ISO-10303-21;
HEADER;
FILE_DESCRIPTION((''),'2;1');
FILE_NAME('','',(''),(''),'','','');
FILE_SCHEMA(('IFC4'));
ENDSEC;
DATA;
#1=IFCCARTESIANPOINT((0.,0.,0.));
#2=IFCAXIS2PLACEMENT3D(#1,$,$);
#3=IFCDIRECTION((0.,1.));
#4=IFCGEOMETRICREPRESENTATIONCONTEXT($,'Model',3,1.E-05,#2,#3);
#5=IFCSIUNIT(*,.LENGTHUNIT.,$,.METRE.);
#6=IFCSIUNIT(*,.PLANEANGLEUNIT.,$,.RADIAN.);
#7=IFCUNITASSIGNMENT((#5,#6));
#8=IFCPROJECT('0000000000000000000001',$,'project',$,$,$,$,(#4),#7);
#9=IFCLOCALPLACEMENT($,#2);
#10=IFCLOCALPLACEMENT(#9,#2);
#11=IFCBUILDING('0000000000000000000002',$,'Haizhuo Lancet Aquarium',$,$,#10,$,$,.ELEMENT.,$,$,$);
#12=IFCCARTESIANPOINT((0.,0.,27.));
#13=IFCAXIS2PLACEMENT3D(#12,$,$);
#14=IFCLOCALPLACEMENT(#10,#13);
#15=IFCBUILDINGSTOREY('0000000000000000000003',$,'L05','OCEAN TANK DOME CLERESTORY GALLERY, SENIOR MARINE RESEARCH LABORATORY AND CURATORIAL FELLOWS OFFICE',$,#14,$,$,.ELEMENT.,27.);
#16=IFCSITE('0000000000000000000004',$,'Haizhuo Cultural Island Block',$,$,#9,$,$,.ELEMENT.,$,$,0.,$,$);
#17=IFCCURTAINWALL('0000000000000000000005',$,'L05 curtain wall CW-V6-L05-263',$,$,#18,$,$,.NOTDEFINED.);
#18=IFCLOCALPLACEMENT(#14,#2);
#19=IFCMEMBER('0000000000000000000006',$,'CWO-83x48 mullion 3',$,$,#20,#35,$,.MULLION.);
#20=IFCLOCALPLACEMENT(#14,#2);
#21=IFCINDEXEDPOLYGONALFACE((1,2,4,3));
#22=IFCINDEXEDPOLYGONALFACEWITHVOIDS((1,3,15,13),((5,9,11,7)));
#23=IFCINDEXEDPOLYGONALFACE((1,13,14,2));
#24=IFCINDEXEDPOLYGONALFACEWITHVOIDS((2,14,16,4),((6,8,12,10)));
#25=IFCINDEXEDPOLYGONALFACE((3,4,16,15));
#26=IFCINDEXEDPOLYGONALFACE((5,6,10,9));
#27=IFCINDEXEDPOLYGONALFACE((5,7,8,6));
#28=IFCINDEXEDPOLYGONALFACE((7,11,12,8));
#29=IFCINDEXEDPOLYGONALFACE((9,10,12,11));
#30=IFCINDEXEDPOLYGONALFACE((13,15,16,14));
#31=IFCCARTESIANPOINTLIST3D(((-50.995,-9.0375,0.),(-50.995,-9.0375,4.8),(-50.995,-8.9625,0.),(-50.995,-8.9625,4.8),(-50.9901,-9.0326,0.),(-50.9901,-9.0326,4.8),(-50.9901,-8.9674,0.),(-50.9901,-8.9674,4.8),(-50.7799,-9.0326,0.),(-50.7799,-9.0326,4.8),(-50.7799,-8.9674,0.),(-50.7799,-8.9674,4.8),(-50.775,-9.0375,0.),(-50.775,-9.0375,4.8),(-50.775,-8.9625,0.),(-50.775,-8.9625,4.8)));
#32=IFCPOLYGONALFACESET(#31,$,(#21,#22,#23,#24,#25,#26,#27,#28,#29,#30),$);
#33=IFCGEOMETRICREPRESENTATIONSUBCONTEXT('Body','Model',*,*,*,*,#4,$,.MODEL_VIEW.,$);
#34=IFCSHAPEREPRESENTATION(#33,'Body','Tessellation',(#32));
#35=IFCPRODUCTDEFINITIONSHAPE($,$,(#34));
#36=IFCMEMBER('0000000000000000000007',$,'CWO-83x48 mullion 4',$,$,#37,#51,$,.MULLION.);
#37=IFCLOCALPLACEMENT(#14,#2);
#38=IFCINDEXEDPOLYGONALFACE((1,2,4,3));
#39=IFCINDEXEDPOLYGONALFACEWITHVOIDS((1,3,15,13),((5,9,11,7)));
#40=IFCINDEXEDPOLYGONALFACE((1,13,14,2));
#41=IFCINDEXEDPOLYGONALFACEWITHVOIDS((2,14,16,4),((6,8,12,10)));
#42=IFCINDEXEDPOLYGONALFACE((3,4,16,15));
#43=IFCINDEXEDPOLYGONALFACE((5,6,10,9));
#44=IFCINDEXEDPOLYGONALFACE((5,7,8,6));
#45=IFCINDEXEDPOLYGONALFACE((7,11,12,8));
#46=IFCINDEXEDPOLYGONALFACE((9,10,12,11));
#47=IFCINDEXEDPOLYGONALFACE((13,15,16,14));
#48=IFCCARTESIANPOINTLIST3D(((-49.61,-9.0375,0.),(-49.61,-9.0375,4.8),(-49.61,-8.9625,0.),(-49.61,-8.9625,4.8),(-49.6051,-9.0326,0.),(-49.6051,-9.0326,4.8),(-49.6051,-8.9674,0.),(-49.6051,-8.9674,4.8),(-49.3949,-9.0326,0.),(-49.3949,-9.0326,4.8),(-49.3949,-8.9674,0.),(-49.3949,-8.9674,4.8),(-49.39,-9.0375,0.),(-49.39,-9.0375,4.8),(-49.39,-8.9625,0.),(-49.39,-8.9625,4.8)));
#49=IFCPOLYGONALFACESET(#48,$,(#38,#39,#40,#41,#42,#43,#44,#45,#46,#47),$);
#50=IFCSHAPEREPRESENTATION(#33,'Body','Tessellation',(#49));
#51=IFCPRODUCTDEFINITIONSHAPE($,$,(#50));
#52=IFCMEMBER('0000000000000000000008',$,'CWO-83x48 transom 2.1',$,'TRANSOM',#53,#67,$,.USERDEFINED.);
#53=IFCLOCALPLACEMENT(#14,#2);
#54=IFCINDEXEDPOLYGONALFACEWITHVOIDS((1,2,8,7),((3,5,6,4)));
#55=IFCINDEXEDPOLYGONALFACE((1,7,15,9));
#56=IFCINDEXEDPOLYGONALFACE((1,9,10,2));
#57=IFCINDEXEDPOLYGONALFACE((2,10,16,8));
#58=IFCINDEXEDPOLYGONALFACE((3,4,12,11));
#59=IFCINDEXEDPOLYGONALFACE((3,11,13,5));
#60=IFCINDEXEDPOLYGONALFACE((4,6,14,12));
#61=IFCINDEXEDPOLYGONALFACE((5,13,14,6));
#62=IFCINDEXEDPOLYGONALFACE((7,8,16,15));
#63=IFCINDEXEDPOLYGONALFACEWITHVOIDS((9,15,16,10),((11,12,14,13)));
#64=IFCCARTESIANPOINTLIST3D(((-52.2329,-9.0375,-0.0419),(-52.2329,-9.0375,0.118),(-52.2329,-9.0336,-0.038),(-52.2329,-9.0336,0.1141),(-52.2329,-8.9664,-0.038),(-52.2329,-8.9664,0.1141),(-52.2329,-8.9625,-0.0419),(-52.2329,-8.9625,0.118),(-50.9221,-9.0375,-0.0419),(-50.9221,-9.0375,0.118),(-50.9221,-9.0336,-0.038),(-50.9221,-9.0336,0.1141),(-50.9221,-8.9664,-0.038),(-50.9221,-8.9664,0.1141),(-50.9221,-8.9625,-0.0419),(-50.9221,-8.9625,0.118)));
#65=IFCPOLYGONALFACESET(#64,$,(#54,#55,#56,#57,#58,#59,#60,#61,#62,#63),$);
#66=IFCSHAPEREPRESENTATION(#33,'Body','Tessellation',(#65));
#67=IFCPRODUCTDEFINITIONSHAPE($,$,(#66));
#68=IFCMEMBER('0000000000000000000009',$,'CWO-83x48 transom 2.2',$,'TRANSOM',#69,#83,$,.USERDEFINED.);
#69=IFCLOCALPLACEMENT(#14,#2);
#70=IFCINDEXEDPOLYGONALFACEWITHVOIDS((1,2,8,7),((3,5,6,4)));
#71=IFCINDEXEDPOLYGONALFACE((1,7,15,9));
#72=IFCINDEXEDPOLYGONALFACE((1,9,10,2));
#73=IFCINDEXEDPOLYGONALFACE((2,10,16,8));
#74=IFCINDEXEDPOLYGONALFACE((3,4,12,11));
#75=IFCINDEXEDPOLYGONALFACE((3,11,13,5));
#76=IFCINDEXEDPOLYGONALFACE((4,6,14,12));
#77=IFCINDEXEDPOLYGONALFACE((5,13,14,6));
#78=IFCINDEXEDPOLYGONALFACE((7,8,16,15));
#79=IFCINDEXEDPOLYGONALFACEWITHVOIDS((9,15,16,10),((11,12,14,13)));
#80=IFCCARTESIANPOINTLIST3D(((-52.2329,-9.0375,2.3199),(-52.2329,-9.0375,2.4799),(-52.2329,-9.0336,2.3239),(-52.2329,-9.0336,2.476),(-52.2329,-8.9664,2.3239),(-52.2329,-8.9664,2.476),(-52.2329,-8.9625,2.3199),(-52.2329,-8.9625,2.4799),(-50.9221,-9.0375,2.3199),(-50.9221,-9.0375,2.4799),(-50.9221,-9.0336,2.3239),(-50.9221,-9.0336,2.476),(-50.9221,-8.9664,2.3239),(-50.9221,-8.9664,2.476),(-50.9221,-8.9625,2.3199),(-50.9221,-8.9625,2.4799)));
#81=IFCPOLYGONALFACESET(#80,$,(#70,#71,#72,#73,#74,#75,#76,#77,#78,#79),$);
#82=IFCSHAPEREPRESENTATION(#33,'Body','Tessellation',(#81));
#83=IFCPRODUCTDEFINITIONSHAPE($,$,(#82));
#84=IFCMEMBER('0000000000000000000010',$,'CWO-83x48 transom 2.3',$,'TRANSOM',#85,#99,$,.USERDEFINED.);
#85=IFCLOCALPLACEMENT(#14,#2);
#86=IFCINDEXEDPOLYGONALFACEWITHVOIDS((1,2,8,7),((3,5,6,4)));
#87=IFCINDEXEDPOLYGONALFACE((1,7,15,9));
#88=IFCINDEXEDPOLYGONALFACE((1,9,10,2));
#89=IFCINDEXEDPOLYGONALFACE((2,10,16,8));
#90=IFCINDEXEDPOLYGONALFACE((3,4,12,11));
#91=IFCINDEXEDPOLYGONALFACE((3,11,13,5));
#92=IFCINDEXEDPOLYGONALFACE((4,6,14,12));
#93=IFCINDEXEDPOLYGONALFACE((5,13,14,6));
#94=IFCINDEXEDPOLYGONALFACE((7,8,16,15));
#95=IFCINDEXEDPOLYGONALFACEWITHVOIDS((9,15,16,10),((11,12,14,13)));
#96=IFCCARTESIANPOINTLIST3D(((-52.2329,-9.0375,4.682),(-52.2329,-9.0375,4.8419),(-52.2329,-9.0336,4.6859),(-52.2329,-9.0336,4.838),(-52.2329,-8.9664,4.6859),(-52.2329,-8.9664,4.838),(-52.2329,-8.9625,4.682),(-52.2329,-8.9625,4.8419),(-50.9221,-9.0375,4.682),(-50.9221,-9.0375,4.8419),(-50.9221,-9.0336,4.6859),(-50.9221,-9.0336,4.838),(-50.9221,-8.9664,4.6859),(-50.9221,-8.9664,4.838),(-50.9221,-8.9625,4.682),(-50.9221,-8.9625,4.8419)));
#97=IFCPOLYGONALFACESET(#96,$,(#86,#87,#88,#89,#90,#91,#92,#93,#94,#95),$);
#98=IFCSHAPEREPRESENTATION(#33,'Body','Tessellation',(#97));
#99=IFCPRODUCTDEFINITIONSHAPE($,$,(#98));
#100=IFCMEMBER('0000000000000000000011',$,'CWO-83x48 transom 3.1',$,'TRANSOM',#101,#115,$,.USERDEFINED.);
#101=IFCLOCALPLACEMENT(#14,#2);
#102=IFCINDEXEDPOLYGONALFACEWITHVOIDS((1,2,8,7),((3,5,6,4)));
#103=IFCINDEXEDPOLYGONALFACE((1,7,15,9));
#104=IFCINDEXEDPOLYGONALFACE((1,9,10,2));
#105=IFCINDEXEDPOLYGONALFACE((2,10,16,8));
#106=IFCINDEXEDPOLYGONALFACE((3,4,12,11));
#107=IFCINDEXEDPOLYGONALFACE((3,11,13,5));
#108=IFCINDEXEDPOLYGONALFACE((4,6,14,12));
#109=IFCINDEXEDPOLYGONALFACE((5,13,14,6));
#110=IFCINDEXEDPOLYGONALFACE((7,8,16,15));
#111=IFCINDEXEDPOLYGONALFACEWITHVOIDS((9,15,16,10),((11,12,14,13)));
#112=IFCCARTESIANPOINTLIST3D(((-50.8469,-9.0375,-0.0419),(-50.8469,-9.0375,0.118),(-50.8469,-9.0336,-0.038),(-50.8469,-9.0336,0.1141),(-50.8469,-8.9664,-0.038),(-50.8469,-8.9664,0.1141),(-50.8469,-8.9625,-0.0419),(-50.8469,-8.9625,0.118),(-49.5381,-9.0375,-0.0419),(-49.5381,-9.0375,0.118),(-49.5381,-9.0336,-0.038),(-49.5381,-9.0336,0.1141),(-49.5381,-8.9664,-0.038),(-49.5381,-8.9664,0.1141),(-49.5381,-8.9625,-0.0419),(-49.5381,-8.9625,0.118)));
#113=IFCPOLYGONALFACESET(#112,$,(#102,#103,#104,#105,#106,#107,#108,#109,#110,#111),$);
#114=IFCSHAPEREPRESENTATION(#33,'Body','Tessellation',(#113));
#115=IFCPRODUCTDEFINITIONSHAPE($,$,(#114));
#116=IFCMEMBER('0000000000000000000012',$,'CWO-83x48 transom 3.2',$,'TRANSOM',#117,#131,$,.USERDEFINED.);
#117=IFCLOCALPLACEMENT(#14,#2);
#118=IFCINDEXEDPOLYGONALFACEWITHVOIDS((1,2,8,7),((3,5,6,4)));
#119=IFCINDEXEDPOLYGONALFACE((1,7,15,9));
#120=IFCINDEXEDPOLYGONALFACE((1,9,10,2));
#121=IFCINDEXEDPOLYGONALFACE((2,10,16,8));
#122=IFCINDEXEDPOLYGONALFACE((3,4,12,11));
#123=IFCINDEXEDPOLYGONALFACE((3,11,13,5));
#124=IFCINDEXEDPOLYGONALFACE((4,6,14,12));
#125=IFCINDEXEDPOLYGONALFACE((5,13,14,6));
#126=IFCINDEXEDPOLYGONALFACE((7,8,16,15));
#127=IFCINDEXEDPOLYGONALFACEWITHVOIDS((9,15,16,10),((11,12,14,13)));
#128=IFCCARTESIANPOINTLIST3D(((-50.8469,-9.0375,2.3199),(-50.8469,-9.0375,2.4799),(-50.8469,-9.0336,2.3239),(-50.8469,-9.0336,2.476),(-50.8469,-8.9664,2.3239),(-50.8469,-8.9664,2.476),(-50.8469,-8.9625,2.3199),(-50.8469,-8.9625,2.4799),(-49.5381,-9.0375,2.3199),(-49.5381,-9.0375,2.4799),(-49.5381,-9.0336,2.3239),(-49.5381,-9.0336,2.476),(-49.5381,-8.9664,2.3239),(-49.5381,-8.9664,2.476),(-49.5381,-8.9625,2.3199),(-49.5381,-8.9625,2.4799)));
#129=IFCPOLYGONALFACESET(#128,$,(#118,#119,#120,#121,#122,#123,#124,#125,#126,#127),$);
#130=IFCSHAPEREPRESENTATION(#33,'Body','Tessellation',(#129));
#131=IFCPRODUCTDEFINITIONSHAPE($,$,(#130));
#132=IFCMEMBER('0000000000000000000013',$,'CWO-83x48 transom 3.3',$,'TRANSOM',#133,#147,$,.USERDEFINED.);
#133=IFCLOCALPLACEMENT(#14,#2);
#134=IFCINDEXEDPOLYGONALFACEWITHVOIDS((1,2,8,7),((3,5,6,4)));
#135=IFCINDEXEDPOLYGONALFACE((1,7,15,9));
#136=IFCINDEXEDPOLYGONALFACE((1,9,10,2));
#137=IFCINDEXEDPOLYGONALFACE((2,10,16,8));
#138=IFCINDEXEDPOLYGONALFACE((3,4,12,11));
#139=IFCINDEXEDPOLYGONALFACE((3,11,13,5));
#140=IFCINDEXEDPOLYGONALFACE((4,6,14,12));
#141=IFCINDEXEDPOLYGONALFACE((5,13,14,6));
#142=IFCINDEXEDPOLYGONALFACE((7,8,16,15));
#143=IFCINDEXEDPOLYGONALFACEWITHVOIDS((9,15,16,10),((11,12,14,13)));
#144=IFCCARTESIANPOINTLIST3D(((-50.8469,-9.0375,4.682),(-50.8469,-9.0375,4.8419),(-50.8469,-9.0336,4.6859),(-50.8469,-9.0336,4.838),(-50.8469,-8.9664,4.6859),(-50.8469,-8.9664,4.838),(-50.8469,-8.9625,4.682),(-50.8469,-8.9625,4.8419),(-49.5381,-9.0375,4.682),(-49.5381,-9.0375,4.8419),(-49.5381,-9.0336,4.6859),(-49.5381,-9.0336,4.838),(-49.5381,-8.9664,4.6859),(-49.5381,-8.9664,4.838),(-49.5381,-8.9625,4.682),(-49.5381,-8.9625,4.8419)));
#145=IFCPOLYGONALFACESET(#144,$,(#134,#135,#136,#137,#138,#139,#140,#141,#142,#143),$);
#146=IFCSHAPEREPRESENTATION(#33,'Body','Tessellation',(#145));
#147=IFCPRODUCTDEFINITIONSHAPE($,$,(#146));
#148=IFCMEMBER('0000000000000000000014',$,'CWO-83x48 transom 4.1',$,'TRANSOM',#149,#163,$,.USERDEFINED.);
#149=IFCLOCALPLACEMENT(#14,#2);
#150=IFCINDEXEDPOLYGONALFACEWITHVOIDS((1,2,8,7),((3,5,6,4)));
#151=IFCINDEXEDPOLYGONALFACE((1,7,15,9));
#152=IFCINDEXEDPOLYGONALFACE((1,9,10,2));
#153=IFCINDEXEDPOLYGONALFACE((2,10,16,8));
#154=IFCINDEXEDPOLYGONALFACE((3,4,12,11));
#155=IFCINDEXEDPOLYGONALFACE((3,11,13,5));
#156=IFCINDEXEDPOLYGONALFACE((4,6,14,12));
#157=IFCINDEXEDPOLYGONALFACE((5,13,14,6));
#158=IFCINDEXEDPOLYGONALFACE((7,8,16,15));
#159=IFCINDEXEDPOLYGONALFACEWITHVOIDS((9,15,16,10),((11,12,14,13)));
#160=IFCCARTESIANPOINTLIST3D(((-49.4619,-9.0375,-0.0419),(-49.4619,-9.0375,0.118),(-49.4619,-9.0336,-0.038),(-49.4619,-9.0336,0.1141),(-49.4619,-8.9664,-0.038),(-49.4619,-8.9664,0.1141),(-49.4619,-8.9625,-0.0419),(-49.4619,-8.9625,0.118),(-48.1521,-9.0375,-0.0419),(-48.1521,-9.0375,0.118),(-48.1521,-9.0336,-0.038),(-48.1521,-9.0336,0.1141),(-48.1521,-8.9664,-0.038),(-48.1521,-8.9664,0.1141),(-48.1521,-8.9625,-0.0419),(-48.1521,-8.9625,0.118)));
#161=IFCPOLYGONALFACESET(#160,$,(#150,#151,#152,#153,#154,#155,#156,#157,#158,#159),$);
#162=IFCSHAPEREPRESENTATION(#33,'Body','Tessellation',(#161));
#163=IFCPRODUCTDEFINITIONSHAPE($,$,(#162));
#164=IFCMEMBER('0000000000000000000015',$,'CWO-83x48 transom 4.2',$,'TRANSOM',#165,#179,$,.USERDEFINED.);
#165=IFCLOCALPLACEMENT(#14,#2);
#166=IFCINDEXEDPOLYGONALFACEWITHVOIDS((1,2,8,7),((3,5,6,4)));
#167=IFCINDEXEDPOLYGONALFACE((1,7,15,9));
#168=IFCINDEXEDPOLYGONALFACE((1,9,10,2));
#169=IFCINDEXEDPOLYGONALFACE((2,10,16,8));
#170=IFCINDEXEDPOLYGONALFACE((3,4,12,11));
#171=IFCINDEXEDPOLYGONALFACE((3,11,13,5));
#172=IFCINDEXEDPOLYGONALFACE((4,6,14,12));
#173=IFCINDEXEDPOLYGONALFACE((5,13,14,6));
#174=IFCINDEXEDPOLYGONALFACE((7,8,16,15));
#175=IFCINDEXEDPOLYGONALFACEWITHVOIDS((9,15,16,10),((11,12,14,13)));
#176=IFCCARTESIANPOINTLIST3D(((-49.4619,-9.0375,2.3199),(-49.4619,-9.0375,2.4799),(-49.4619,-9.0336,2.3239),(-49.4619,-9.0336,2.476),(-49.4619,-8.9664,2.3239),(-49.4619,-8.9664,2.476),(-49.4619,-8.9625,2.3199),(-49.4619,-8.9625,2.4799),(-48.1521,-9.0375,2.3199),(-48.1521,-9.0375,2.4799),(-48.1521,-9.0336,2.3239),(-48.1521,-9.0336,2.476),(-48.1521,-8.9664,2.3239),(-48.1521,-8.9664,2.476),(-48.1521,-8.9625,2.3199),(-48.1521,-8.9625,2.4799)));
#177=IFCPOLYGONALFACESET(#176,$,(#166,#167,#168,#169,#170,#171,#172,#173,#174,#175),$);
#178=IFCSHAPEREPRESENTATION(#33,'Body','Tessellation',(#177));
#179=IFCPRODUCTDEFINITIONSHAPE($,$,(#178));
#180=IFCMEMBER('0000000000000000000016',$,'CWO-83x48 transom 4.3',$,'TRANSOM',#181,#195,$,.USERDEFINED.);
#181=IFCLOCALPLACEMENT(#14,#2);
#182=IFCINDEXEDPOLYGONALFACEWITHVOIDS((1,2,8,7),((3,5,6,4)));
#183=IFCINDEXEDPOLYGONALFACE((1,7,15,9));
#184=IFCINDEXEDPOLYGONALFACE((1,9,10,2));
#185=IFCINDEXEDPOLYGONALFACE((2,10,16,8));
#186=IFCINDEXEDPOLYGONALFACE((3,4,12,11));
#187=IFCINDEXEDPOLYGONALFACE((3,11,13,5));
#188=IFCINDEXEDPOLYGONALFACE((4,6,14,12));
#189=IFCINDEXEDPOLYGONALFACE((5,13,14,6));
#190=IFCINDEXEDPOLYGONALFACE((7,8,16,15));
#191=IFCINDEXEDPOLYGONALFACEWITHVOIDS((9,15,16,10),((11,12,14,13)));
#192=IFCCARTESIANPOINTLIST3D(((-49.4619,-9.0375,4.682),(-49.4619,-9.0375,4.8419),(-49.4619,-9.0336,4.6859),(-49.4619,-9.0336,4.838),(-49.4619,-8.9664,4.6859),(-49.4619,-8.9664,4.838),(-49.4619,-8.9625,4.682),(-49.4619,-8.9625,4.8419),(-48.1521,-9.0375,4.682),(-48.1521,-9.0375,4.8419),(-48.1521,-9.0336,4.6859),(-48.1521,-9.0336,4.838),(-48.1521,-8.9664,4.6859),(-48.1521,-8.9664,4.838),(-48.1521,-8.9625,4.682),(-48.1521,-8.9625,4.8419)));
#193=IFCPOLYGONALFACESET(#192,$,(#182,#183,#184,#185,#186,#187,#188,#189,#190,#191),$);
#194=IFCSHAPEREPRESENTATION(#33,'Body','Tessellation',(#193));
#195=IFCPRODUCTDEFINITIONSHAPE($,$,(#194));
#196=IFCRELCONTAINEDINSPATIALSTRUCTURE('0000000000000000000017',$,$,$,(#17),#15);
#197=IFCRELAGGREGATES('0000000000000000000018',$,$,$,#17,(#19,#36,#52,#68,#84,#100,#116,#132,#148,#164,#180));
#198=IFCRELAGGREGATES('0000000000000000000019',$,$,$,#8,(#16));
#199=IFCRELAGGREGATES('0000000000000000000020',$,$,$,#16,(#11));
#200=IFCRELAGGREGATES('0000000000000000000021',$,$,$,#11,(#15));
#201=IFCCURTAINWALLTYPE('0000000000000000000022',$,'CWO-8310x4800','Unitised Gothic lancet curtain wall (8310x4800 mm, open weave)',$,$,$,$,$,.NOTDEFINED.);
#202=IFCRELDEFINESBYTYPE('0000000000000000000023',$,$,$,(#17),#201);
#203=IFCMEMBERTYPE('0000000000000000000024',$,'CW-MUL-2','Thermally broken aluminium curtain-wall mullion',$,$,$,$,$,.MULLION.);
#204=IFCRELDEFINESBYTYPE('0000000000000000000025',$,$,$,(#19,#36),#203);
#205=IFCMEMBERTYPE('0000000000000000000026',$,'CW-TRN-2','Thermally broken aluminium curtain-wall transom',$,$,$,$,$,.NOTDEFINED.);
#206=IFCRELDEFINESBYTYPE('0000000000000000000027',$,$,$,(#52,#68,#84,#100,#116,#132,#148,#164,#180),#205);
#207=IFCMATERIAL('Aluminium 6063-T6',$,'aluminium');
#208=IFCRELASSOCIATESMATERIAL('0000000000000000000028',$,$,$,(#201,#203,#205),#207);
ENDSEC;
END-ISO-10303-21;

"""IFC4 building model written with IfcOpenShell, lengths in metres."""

from ifc_helpers import new_model, si_unit, direction, frame, origin, origin_2d, place, context, subcontext, project, spatial, hollow_rectangle, extrude, material, material_profile, profile_set, type_object, element, aggregate, save


model = new_model("IFC4")

# Units and contexts
model_context = context("Model", 3, precision=1e-05, world=origin(), true_north=direction((0.0, 1.0)))
body_context = subcontext(model_context, "Body", "Model", "MODEL_VIEW")
ifc_project = project(units=[si_unit("LENGTHUNIT", "METRE"), si_unit("PLANEANGLEUNIT", "RADIAN")], contexts=[model_context])

# Site, building, storey
site_placement = place(None, origin())
site = spatial("IfcSite", under=ifc_project, at=site_placement, Name="Haizhuo Cultural Island Block", CompositionType="ELEMENT", RefElevation=0.0)
building_placement = place(site_placement, origin())
building = spatial("IfcBuilding", under=site, at=building_placement, Name="Haizhuo Lancet Aquarium", CompositionType="ELEMENT")
storey_placement = place(building_placement, frame((0.0, 0.0, 27.0)))
storey = spatial("IfcBuildingStorey", under=building, at=storey_placement, Name="L05", Description="OCEAN TANK DOME CLERESTORY GALLERY, SENIOR MARINE RESEARCH LABORATORY AND CURATORIAL FELLOWS OFFICE", CompositionType="ELEMENT", Elevation=27.0)

# Curtain wall, members
ifc_material_1 = material(Name="Aluminium 6063-T6", Category="aluminium")
curtain_wall_type = type_object("IfcCurtainWallType", Name="CWO-8310x4800", Description="Unitised Gothic lancet curtain wall (8310x4800 mm, open weave)", PredefinedType="NOTDEFINED", material=ifc_material_1)
curtain_wall_placement = place(storey_placement, origin())
curtain_wall = element("IfcCurtainWall", 1, at=curtain_wall_placement, inside=storey, type_object=curtain_wall_type, Name="L05 curtain wall CW-V6-L05-263", PredefinedType="NOTDEFINED")
ifc_material_profile_1 = material_profile(ifc_material_1, hollow_rectangle(XDim=0.075, YDim=0.22, WallThickness=0.0049, at=origin_2d()), Name="ALU-M 75x220x5")
ifc_profile_set_1 = profile_set([ifc_material_profile_1], Name="Aluminium 6063-T6")
member_type_1 = type_object("IfcMemberType", Name="CW-MUL-2", Description="Thermally broken aluminium curtain-wall mullion", PredefinedType="MULLION", material=ifc_profile_set_1)
member_1_placement = place(storey_placement, frame((-50.885, -9.0, 0.0), z_axis=(0.0, 0.0, 1.0), x_axis=(0.0, 1.0, 0.0)))
member_1 = element("IfcMember", 2, at=member_1_placement, type_object=member_type_1, Name="CWO-83x48 mullion 3", PredefinedType="MULLION", context=body_context, shape_type="SweptSolid", body=[
    extrude(hollow_rectangle(XDim=0.075, YDim=0.22, WallThickness=0.0049, at=origin_2d()), origin(), (0.0, 0.0, 1.0), 4.8),
])
member_2_placement = place(storey_placement, frame((-49.5, -9.0, 0.0), z_axis=(0.0, 0.0, 1.0), x_axis=(0.0, 1.0, 0.0)))
member_2 = element("IfcMember", 3, at=member_2_placement, type_object=member_type_1, Name="CWO-83x48 mullion 4", PredefinedType="MULLION", context=body_context, shape_type="SweptSolid", body=[
    extrude(hollow_rectangle(XDim=0.075, YDim=0.22, WallThickness=0.0049, at=origin_2d()), origin(), (0.0, 0.0, 1.0), 4.8),
])
ifc_material_profile_2 = material_profile(ifc_material_1, hollow_rectangle(XDim=0.075, YDim=0.1599, WallThickness=0.0039, at=origin_2d()), Name="ALU-T 75x160x4")
ifc_profile_set_2 = profile_set([ifc_material_profile_2], Name="Aluminium 6063-T6")
member_type_2 = type_object("IfcMemberType", Name="CW-TRN-2", Description="Thermally broken aluminium curtain-wall transom", PredefinedType="NOTDEFINED", material=ifc_profile_set_2)
member_3_placement = place(storey_placement, frame((-52.2329, -9.0, 0.0381), z_axis=(1.0, 0.0, 0.0), x_axis=(0.0, 1.0, 0.0)))
member_3 = element("IfcMember", 4, at=member_3_placement, type_object=member_type_2, Name="CWO-83x48 transom 2.1", ObjectType="TRANSOM", PredefinedType="USERDEFINED", context=body_context, shape_type="SweptSolid", body=[
    extrude(hollow_rectangle(XDim=0.075, YDim=0.1599, WallThickness=0.0039, at=origin_2d()), origin(), (0.0, 0.0, 1.0), 1.3108),
])
member_4_placement = place(storey_placement, frame((-52.2329, -9.0, 2.3999), z_axis=(1.0, 0.0, 0.0), x_axis=(0.0, 1.0, 0.0)))
member_4 = element("IfcMember", 5, at=member_4_placement, type_object=member_type_2, Name="CWO-83x48 transom 2.2", ObjectType="TRANSOM", PredefinedType="USERDEFINED", context=body_context, shape_type="SweptSolid", body=[
    extrude(hollow_rectangle(XDim=0.075, YDim=0.1599, WallThickness=0.0039, at=origin_2d()), origin(), (0.0, 0.0, 1.0), 1.3108),
])
member_5_placement = place(storey_placement, frame((-52.2329, -9.0, 4.762), z_axis=(1.0, 0.0, 0.0), x_axis=(0.0, 1.0, 0.0)))
member_5 = element("IfcMember", 6, at=member_5_placement, type_object=member_type_2, Name="CWO-83x48 transom 2.3", ObjectType="TRANSOM", PredefinedType="USERDEFINED", context=body_context, shape_type="SweptSolid", body=[
    extrude(hollow_rectangle(XDim=0.075, YDim=0.1599, WallThickness=0.0039, at=origin_2d()), origin(), (0.0, 0.0, 1.0), 1.3108),
])
member_6_placement = place(storey_placement, frame((-50.8469, -9.0, 0.0381), z_axis=(1.0, 0.0, 0.0), x_axis=(0.0, 1.0, 0.0)))
member_6 = element("IfcMember", 7, at=member_6_placement, type_object=member_type_2, Name="CWO-83x48 transom 3.1", ObjectType="TRANSOM", PredefinedType="USERDEFINED", context=body_context, shape_type="SweptSolid", body=[
    extrude(hollow_rectangle(XDim=0.075, YDim=0.1599, WallThickness=0.0039, at=origin_2d()), origin(), (0.0, 0.0, 1.0), 1.3088),
])
member_7_placement = place(storey_placement, frame((-50.8469, -9.0, 2.3999), z_axis=(1.0, 0.0, 0.0), x_axis=(0.0, 1.0, 0.0)))
member_7 = element("IfcMember", 8, at=member_7_placement, type_object=member_type_2, Name="CWO-83x48 transom 3.2", ObjectType="TRANSOM", PredefinedType="USERDEFINED", context=body_context, shape_type="SweptSolid", body=[
    extrude(hollow_rectangle(XDim=0.075, YDim=0.1599, WallThickness=0.0039, at=origin_2d()), origin(), (0.0, 0.0, 1.0), 1.3088),
])
member_8_placement = place(storey_placement, frame((-50.8469, -9.0, 4.762), z_axis=(1.0, 0.0, 0.0), x_axis=(0.0, 1.0, 0.0)))
member_8 = element("IfcMember", 9, at=member_8_placement, type_object=member_type_2, Name="CWO-83x48 transom 3.3", ObjectType="TRANSOM", PredefinedType="USERDEFINED", context=body_context, shape_type="SweptSolid", body=[
    extrude(hollow_rectangle(XDim=0.075, YDim=0.1599, WallThickness=0.0039, at=origin_2d()), origin(), (0.0, 0.0, 1.0), 1.3088),
])
member_9_placement = place(storey_placement, frame((-49.4619, -9.0, 0.0381), z_axis=(1.0, 0.0, 0.0), x_axis=(0.0, 1.0, 0.0)))
member_9 = element("IfcMember", 10, at=member_9_placement, type_object=member_type_2, Name="CWO-83x48 transom 4.1", ObjectType="TRANSOM", PredefinedType="USERDEFINED", context=body_context, shape_type="SweptSolid", body=[
    extrude(hollow_rectangle(XDim=0.075, YDim=0.1599, WallThickness=0.0039, at=origin_2d()), origin(), (0.0, 0.0, 1.0), 1.3098),
])
member_10_placement = place(storey_placement, frame((-49.4619, -9.0, 2.3999), z_axis=(1.0, 0.0, 0.0), x_axis=(0.0, 1.0, 0.0)))
member_10 = element("IfcMember", 11, at=member_10_placement, type_object=member_type_2, Name="CWO-83x48 transom 4.2", ObjectType="TRANSOM", PredefinedType="USERDEFINED", context=body_context, shape_type="SweptSolid", body=[
    extrude(hollow_rectangle(XDim=0.075, YDim=0.1599, WallThickness=0.0039, at=origin_2d()), origin(), (0.0, 0.0, 1.0), 1.3098),
])
member_11_placement = place(storey_placement, frame((-49.4619, -9.0, 4.762), z_axis=(1.0, 0.0, 0.0), x_axis=(0.0, 1.0, 0.0)))
member_11 = element("IfcMember", 12, at=member_11_placement, type_object=member_type_2, Name="CWO-83x48 transom 4.3", ObjectType="TRANSOM", PredefinedType="USERDEFINED", context=body_context, shape_type="SweptSolid", body=[
    extrude(hollow_rectangle(XDim=0.075, YDim=0.1599, WallThickness=0.0039, at=origin_2d()), origin(), (0.0, 0.0, 1.0), 1.3098),
])

aggregate(curtain_wall, [member_1, member_2, member_3, member_4, member_5, member_6, member_7, member_8, member_9, member_10, member_11])

save(model, "model.ifc")
